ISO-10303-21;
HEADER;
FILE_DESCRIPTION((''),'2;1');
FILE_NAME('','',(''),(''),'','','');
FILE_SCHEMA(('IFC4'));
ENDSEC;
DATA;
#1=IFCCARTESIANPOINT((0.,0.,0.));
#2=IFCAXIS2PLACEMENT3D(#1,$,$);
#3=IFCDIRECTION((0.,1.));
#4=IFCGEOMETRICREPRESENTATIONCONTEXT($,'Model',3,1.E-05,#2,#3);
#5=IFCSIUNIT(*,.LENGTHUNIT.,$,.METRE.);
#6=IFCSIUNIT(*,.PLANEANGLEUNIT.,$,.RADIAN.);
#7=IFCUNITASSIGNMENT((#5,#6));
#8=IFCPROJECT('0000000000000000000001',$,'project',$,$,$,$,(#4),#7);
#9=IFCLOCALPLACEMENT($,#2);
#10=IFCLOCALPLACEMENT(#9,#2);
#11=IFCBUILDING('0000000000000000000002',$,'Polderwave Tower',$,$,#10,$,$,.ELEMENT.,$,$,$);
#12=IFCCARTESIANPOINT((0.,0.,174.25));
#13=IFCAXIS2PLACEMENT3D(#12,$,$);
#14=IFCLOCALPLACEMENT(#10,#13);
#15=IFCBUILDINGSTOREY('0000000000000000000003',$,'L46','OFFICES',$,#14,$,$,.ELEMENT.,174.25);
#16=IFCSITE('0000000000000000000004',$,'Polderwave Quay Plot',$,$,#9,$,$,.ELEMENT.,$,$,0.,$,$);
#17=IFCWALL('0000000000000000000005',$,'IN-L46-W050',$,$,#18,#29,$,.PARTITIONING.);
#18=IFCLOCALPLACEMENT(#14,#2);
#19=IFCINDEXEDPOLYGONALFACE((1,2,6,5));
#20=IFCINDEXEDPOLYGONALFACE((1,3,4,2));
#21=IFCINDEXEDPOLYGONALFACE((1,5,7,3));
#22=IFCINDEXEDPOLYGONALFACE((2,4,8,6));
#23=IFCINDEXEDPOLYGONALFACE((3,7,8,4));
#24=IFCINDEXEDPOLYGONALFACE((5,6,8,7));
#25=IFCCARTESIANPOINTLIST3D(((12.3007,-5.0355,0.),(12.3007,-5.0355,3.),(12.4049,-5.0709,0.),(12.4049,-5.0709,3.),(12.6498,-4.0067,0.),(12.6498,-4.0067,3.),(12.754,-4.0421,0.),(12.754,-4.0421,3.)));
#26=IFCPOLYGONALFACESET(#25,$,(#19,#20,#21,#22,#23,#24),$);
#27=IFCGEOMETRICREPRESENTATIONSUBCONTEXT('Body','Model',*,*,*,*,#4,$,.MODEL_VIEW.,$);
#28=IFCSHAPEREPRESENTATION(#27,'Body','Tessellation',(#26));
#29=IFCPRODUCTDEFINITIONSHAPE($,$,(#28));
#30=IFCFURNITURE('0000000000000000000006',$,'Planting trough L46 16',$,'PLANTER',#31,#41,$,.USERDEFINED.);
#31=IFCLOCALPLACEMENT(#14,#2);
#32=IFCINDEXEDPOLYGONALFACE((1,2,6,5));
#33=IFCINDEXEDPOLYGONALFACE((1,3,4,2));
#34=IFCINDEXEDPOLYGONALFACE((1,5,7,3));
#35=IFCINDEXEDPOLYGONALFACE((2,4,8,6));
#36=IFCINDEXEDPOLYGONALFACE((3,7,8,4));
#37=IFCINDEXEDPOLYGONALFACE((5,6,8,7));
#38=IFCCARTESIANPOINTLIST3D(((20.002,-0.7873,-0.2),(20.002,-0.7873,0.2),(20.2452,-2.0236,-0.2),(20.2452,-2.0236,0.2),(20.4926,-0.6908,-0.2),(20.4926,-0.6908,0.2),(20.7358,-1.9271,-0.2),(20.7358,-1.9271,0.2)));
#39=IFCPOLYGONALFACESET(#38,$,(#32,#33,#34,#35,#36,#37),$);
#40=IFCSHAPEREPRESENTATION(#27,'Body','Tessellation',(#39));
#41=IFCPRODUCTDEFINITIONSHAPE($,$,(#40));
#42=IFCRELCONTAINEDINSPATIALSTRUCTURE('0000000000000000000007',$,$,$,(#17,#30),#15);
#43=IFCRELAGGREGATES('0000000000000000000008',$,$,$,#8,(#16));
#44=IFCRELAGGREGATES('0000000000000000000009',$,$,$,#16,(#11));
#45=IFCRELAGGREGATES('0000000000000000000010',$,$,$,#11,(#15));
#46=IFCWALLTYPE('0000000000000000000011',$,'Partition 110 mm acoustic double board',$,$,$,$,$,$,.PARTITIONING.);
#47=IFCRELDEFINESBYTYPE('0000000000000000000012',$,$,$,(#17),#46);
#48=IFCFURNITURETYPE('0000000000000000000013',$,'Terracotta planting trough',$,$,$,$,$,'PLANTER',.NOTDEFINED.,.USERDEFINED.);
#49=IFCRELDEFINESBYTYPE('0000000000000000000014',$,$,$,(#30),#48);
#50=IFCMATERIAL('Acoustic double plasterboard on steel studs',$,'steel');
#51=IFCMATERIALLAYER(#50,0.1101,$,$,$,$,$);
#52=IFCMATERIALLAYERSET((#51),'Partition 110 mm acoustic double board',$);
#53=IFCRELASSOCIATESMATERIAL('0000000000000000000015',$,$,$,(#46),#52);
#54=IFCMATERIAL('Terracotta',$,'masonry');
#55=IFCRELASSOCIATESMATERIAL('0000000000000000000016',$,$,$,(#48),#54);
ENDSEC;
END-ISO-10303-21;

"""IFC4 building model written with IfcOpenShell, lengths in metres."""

from ifc_helpers import new_model, si_unit, direction, frame, frame_2d, origin, origin_2d, place, context, subcontext, project, spatial, rectangle, extrude, material, layer, layer_set, type_object, element, save


model = new_model("IFC4")

# Units and contexts
model_context = context("Model", 3, precision=1e-05, world=origin(), true_north=direction((0.0, 1.0)))
body_context = subcontext(model_context, "Body", "Model", "MODEL_VIEW")
ifc_project = project(units=[si_unit("LENGTHUNIT", "METRE"), si_unit("PLANEANGLEUNIT", "RADIAN")], contexts=[model_context])

# Site, building, storey
site_placement = place(None, origin())
site = spatial("IfcSite", under=ifc_project, at=site_placement, Name="Polderwave Quay Plot", CompositionType="ELEMENT", RefElevation=0.0)
building_placement = place(site_placement, origin())
building = spatial("IfcBuilding", under=site, at=building_placement, Name="Polderwave Tower", CompositionType="ELEMENT")
storey_placement = place(building_placement, frame((0.0, 0.0, 174.25)))
storey = spatial("IfcBuildingStorey", under=building, at=storey_placement, Name="L46", Description="OFFICES", CompositionType="ELEMENT", Elevation=174.25)

# Wall
ifc_material_1 = material(Name="Acoustic double plasterboard on steel studs", Category="steel")
ifc_layer_1 = layer(ifc_material_1, 0.1101)
ifc_layer_set_1 = layer_set([ifc_layer_1], Name="Partition 110 mm acoustic double board")
wall_type_1 = type_object("IfcWallType", Name="Partition 110 mm acoustic double board", PredefinedType="PARTITIONING", material=ifc_layer_set_1)
wall_1_placement = place(storey_placement, frame((12.7019, -4.0244, 0.0), z_axis=(0.0, 0.0, 1.0), x_axis=(-0.321347, -0.946962, 0.0)))
element("IfcWall", 1, at=wall_1_placement, inside=storey, type_object=wall_type_1, Name="IN-L46-W050", PredefinedType="PARTITIONING", context=body_context, shape_type="SweptSolid", body=[
    extrude(rectangle(XDim=1.0864, YDim=0.1101, at=frame_2d((0.5432, 0.0))), origin(), (0.0, 0.0, 1.0), 3.0),
])

# Furniture
ifc_material_2 = material(Name="Terracotta", Category="masonry")
furniture_type = type_object("IfcFurnitureType", Name="Terracotta planting trough", ElementType="PLANTER", AssemblyPlace="NOTDEFINED", PredefinedType="USERDEFINED", material=ifc_material_2)
furniture_placement = place(storey_placement, frame((20.3689, -1.3572, -0.2), z_axis=(0.0, 0.0, 1.0), x_axis=(-0.193051, 0.981189, 0.0)))
element("IfcFurniture", 2, at=furniture_placement, inside=storey, type_object=furniture_type, Name="Planting trough L46 16", ObjectType="PLANTER", PredefinedType="USERDEFINED", context=body_context, shape_type="SweptSolid", body=[
    extrude(rectangle(XDim=1.26, YDim=0.5, at=origin_2d()), origin(), (0.0, 0.0, 1.0), 0.3999),
])

save(model, "model.ifc")
